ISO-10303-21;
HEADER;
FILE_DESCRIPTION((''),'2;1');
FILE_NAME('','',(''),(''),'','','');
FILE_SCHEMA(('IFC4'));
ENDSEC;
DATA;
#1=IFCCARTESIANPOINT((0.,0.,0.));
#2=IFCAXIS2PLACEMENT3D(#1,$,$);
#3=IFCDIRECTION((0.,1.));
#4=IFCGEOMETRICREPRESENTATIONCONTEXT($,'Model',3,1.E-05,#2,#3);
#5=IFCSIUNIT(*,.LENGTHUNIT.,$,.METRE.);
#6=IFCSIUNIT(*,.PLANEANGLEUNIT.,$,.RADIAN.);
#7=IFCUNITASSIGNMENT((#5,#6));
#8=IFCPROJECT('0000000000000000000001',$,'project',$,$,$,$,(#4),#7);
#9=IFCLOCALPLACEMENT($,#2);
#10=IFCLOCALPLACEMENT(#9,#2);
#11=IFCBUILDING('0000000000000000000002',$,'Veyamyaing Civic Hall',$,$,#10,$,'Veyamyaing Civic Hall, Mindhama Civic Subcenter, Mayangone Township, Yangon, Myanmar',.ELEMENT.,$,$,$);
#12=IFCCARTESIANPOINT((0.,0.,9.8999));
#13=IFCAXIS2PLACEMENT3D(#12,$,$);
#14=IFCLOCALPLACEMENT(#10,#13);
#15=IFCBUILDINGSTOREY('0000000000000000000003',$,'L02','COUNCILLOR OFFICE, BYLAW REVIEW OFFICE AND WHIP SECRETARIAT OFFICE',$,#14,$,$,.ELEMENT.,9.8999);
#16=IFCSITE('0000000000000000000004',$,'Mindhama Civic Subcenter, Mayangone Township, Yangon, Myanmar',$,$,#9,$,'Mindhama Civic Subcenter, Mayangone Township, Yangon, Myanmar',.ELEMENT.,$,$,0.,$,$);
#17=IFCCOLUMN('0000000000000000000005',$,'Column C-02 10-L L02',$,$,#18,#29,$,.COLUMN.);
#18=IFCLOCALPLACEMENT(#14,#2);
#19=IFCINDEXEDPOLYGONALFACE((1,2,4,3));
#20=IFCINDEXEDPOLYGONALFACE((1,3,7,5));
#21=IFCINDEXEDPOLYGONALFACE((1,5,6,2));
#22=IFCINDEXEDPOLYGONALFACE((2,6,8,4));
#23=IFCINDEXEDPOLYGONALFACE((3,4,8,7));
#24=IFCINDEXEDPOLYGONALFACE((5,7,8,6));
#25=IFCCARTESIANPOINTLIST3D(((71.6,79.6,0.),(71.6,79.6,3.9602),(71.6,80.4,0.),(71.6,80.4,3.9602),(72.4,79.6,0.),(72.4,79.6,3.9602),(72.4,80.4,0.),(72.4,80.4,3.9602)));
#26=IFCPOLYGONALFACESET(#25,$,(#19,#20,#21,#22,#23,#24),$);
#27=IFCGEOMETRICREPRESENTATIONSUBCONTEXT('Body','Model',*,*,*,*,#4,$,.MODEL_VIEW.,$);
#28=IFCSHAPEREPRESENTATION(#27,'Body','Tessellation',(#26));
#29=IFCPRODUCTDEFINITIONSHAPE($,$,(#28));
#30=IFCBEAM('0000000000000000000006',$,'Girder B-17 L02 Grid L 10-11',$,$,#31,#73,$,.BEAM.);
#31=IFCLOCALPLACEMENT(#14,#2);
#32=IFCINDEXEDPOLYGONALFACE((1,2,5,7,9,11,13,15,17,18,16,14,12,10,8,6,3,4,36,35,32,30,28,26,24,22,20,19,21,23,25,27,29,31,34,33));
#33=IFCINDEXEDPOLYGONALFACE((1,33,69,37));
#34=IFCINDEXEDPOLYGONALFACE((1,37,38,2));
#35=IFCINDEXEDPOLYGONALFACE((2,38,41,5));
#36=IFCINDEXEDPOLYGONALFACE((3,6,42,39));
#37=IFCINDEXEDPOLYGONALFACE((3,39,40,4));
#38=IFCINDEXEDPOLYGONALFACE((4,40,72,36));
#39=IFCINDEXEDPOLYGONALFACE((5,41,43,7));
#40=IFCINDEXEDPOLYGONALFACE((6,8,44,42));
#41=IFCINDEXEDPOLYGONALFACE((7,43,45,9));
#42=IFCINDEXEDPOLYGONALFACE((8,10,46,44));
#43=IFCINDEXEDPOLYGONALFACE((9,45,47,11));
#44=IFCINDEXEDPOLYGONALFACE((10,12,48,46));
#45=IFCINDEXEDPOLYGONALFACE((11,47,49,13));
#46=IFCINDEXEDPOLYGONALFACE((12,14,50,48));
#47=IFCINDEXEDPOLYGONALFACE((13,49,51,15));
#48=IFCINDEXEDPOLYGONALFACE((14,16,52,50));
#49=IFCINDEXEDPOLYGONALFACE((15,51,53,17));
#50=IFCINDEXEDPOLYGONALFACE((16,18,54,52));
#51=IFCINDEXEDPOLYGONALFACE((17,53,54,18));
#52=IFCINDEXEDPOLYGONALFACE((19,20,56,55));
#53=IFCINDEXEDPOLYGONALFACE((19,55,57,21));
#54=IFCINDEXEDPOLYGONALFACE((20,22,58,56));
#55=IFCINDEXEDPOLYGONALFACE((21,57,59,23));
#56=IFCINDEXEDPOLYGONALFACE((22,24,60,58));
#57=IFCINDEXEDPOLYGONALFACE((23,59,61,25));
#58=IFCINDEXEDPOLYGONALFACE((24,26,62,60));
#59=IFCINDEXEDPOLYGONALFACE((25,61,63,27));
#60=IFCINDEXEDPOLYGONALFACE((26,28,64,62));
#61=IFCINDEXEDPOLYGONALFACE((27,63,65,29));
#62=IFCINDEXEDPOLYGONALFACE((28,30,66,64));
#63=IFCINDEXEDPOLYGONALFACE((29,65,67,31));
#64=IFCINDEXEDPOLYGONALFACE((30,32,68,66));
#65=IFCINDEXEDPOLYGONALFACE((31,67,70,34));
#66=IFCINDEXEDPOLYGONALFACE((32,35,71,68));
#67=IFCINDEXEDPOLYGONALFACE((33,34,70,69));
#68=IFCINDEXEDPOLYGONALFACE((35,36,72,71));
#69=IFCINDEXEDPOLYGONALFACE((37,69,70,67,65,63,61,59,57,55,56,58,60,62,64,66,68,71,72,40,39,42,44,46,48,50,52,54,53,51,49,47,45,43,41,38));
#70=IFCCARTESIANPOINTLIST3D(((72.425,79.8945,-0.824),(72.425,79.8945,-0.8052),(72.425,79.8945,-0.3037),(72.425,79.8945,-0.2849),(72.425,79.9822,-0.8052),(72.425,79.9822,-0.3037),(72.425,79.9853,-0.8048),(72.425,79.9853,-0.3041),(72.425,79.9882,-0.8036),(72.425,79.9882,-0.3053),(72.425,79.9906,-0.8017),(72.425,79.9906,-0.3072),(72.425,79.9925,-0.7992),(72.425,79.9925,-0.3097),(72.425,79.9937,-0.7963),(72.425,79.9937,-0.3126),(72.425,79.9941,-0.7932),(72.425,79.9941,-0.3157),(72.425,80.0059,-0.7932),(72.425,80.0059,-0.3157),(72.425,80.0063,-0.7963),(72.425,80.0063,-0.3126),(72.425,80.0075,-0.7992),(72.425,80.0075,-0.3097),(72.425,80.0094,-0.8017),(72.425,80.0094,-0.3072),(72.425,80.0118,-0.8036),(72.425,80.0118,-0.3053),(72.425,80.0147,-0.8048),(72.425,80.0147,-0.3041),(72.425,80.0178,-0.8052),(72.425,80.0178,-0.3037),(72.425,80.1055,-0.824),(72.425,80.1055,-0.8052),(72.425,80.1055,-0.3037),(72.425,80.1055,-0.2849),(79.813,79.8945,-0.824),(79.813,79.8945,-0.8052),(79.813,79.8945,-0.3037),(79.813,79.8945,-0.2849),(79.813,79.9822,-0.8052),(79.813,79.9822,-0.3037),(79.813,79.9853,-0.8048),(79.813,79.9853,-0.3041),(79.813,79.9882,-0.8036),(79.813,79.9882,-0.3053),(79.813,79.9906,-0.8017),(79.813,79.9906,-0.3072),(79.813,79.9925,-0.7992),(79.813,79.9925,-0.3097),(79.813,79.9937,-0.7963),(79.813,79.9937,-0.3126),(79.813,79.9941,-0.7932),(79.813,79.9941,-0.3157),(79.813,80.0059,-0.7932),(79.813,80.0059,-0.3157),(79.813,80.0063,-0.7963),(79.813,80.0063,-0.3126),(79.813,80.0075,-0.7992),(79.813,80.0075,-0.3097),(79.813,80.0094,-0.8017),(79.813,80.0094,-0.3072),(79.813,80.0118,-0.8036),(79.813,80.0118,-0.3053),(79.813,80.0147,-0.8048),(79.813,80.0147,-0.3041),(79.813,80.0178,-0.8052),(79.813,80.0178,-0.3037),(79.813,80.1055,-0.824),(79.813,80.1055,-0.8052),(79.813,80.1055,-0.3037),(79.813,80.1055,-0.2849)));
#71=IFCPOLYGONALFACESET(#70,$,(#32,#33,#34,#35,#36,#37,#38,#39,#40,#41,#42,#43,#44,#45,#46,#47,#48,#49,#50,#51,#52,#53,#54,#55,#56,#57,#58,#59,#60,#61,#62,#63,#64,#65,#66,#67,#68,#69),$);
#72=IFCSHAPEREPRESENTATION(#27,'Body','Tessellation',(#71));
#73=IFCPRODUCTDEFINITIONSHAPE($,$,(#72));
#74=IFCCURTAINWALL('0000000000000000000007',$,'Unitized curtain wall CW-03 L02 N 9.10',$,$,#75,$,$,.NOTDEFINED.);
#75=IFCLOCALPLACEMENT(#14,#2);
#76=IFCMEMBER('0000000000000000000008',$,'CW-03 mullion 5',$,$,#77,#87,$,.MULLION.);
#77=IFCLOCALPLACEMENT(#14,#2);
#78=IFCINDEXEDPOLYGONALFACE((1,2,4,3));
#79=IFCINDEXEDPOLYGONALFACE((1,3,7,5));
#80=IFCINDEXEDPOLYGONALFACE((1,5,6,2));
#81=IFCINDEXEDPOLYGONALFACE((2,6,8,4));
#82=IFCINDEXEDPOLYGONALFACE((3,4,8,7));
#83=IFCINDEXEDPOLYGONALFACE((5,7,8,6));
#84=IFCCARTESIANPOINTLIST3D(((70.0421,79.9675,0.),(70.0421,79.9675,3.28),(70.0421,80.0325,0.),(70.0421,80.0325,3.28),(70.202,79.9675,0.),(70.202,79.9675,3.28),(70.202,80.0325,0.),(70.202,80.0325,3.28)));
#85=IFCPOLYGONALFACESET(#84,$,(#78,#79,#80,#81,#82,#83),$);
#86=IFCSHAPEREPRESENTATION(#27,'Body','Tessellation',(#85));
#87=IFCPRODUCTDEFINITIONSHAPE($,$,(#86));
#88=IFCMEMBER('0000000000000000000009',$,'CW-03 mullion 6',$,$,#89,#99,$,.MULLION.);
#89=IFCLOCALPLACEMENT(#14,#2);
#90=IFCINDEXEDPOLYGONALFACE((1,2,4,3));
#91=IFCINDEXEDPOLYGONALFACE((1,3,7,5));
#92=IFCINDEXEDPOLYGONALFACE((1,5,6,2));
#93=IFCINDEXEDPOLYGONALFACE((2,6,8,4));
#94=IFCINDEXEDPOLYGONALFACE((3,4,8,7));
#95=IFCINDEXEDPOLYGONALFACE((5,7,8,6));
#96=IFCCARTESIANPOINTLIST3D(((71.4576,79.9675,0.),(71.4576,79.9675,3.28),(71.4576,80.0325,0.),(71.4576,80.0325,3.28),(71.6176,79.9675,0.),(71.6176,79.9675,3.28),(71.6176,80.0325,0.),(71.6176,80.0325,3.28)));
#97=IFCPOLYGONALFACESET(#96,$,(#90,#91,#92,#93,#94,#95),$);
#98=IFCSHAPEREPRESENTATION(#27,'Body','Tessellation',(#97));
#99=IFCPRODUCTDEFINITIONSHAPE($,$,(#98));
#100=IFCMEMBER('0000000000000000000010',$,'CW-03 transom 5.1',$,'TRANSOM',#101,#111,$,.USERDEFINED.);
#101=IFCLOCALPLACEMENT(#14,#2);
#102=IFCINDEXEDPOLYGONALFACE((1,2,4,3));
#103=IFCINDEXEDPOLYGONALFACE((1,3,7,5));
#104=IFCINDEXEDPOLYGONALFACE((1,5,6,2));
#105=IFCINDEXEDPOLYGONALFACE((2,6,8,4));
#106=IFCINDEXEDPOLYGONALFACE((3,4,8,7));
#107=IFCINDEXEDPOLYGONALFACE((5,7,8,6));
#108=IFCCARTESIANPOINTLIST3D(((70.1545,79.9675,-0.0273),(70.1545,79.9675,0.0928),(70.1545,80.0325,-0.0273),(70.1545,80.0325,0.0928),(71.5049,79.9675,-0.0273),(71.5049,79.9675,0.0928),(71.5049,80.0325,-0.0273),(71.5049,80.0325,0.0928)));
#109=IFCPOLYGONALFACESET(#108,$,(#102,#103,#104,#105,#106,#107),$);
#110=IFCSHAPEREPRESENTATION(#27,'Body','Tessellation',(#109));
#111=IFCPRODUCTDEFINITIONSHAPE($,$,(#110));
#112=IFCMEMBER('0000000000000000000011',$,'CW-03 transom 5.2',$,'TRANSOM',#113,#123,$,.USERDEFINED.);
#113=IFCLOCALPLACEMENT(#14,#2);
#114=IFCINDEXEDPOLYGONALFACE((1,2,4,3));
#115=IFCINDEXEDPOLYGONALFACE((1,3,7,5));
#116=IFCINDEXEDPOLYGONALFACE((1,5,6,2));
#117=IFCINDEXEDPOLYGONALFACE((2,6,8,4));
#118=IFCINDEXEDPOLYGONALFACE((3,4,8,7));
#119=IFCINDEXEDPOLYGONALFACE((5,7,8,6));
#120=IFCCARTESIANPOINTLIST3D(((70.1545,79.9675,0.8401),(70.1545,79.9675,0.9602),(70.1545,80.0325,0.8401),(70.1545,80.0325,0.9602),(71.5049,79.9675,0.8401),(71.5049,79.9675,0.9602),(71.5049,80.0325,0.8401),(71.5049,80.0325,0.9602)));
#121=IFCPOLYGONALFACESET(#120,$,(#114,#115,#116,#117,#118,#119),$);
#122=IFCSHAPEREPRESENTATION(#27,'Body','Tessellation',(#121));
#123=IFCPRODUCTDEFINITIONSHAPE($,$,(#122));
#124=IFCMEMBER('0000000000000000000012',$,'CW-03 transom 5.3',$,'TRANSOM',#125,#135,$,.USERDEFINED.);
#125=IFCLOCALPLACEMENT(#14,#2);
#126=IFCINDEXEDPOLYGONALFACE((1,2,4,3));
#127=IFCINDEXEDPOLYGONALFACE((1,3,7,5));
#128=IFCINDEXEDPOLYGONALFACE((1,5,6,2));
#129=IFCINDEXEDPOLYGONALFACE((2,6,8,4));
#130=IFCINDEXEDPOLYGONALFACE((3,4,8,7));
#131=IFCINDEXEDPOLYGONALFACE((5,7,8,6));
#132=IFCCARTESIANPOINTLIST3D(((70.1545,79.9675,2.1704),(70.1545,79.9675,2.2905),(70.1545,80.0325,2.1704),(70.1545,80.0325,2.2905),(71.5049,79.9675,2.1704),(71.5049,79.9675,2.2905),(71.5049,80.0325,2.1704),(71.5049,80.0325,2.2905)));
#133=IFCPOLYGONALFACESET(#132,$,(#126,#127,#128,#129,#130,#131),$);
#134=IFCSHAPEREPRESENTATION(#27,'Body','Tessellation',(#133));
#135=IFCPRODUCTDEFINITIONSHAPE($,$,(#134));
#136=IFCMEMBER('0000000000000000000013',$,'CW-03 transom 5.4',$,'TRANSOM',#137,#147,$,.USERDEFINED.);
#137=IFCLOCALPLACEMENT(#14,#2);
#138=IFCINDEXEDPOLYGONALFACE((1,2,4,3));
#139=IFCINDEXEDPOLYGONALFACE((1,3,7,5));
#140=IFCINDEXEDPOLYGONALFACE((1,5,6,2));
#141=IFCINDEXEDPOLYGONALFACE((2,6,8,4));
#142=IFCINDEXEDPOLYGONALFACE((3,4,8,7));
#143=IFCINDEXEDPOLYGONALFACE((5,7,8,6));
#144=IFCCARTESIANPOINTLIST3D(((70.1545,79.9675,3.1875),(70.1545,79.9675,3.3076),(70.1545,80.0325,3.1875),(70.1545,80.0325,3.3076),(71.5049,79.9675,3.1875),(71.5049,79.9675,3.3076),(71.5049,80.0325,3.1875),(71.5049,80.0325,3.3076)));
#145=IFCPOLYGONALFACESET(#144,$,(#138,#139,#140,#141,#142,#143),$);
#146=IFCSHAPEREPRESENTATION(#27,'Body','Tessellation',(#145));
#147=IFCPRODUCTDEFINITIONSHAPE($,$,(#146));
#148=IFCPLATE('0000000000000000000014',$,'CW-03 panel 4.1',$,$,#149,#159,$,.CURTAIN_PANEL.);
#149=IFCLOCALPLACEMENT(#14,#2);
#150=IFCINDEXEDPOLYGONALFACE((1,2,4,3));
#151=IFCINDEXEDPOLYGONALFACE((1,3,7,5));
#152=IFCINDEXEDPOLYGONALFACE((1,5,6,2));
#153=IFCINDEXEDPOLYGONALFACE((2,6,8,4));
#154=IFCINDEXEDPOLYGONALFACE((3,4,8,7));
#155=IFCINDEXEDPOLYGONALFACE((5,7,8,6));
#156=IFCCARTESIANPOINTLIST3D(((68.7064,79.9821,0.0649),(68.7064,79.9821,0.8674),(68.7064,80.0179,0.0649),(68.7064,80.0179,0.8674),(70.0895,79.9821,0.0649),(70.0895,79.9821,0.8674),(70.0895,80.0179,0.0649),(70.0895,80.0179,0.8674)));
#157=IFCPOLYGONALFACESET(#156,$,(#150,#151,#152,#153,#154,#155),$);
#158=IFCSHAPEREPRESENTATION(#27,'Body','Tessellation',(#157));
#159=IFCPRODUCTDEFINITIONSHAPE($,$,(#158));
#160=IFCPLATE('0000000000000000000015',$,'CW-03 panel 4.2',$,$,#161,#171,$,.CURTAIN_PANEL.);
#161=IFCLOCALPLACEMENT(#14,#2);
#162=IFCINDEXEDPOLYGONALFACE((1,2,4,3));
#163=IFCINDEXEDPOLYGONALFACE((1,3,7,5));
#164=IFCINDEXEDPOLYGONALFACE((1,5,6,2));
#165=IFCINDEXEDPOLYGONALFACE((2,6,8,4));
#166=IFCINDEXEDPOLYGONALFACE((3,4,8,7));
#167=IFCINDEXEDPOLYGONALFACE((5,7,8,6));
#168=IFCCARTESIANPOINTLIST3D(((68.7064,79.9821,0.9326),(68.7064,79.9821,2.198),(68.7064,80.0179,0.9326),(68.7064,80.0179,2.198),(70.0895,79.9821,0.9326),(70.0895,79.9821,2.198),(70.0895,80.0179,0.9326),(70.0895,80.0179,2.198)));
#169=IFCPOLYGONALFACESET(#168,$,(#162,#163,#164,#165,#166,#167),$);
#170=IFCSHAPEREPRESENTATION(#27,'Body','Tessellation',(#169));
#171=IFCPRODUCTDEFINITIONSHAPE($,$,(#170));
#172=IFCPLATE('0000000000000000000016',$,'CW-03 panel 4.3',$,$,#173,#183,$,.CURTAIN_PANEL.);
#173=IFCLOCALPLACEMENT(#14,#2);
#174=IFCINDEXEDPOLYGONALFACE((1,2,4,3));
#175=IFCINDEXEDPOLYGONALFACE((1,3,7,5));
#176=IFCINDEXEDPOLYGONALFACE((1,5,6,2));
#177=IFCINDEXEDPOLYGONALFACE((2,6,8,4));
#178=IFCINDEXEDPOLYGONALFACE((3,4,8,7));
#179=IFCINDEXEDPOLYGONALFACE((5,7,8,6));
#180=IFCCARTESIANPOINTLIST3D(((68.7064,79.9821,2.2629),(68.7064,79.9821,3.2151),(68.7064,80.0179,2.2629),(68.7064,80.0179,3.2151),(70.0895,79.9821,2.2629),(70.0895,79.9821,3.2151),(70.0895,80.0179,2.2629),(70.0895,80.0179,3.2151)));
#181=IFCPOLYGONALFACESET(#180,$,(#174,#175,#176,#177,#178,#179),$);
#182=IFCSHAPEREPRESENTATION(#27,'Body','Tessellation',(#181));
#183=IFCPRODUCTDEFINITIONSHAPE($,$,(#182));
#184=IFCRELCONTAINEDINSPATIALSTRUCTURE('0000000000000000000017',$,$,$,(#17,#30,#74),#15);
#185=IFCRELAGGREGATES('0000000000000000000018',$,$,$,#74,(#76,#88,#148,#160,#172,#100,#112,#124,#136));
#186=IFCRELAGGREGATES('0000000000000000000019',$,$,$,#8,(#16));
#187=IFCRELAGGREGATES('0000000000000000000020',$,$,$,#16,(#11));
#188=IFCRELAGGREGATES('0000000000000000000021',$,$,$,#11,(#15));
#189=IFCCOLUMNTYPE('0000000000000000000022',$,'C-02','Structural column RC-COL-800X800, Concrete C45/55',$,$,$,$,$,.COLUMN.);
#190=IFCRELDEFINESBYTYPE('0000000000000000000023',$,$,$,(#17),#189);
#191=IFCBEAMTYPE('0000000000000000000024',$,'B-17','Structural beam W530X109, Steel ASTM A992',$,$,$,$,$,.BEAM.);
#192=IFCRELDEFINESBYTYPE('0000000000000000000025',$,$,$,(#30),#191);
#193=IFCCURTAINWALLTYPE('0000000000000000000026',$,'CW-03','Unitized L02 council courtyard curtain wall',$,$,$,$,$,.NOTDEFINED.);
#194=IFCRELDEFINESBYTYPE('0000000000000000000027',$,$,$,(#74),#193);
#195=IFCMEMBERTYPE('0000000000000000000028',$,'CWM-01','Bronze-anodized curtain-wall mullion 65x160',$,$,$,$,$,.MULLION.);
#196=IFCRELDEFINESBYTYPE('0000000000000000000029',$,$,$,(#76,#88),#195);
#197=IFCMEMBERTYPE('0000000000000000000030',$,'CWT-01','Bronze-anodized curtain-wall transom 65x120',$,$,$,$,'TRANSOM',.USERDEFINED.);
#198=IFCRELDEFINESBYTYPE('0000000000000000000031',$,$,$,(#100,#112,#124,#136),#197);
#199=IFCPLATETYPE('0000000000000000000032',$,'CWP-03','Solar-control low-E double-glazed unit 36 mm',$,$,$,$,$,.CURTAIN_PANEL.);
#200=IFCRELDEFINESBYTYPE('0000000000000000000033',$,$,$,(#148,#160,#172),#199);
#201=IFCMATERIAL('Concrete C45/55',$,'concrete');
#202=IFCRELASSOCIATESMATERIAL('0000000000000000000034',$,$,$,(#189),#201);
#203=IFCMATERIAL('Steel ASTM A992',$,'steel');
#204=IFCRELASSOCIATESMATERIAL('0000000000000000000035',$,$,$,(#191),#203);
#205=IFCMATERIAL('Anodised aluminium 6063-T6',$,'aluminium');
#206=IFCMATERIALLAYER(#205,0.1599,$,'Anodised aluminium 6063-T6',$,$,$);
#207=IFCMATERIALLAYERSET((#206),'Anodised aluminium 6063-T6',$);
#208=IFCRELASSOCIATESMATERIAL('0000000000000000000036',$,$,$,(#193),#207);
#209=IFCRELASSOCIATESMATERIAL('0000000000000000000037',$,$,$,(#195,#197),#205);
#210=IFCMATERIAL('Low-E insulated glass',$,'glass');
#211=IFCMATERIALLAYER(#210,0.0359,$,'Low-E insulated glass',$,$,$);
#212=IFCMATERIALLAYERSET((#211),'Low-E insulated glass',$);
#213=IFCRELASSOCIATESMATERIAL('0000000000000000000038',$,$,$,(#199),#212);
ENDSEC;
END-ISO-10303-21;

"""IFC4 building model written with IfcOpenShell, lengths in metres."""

from ifc_helpers import new_model, si_unit, direction, frame, origin, origin_2d, place, context, subcontext, project, spatial, rectangle, i_section, extrude, material, layer, layer_set, material_profile, profile_set, type_object, element, aggregate, save


model = new_model("IFC4")

# Units and contexts
model_context = context("Model", 3, precision=1e-05, world=origin(), true_north=direction((0.0, 1.0)))
body_context = subcontext(model_context, "Body", "Model", "MODEL_VIEW")
ifc_project = project(units=[si_unit("LENGTHUNIT", "METRE"), si_unit("PLANEANGLEUNIT", "RADIAN")], contexts=[model_context])

# Site, building, storey
site_placement = place(None, origin())
site = spatial("IfcSite", under=ifc_project, at=site_placement, Name="Mindhama Civic Subcenter, Mayangone Township, Yangon, Myanmar", LongName="Mindhama Civic Subcenter, Mayangone Township, Yangon, Myanmar", CompositionType="ELEMENT", RefElevation=0.0)
building_placement = place(site_placement, origin())
building = spatial("IfcBuilding", under=site, at=building_placement, Name="Veyamyaing Civic Hall", LongName="Veyamyaing Civic Hall, Mindhama Civic Subcenter, Mayangone Township, Yangon, Myanmar", CompositionType="ELEMENT")
storey_placement = place(building_placement, frame((0.0, 0.0, 9.8999)))
storey = spatial("IfcBuildingStorey", under=building, at=storey_placement, Name="L02", Description="COUNCILLOR OFFICE, BYLAW REVIEW OFFICE AND WHIP SECRETARIAT OFFICE", CompositionType="ELEMENT", Elevation=9.8999)

# Column
ifc_material_1 = material(Name="Concrete C45/55", Category="concrete")
ifc_material_profile_1 = material_profile(ifc_material_1, rectangle(XDim=0.8, YDim=0.8, at=origin_2d()), Name="RC-COL-800X800")
ifc_profile_set_1 = profile_set([ifc_material_profile_1], Name="Concrete C45/55")
column_type = type_object("IfcColumnType", Name="C-02", Description="Structural column RC-COL-800X800, Concrete C45/55", PredefinedType="COLUMN", material=ifc_profile_set_1)
column_placement = place(storey_placement, frame((72.0, 80.0, 0.0), z_axis=(0.0, 0.0, 1.0), x_axis=(1.0, 0.0, 0.0)))
element("IfcColumn", 1, at=column_placement, inside=storey, type_object=column_type, Name="Column C-02 10-L L02", PredefinedType="COLUMN", context=body_context, shape_type="SweptSolid", body=[
    extrude(rectangle(XDim=0.8, YDim=0.8, at=origin_2d()), origin(), (0.0, 0.0, 1.0), 3.9602),
])

# Beam
ifc_material_2 = material(Name="Steel ASTM A992", Category="steel")
ifc_material_profile_2 = material_profile(ifc_material_2, i_section(OverallWidth=0.2109, OverallDepth=0.5391, WebThickness=0.0117, FlangeThickness=0.0188, FilletRadius=0.012, at=origin_2d()), Name="W530X109")
ifc_profile_set_2 = profile_set([ifc_material_profile_2], Name="Steel ASTM A992")
beam_type = type_object("IfcBeamType", Name="B-17", Description="Structural beam W530X109, Steel ASTM A992", PredefinedType="BEAM", material=ifc_profile_set_2)
beam_placement = place(storey_placement, frame((72.425, 80.0, -0.5544), z_axis=(1.0, 0.0, 0.0), x_axis=(0.0, 1.0, 0.0)))
element("IfcBeam", 2, at=beam_placement, inside=storey, type_object=beam_type, Name="Girder B-17 L02 Grid L 10-11", PredefinedType="BEAM", context=body_context, shape_type="SweptSolid", body=[
    extrude(i_section(OverallWidth=0.2109, OverallDepth=0.5391, WebThickness=0.0117, FlangeThickness=0.0188, FilletRadius=0.012, at=origin_2d()), origin(), (0.0, 0.0, 1.0), 7.3879),
])

# Curtain wall, members, plates
ifc_material_3 = material(Name="Anodised aluminium 6063-T6", Category="aluminium")
ifc_layer_1 = layer(ifc_material_3, 0.1599, Name="Anodised aluminium 6063-T6")
ifc_layer_set_1 = layer_set([ifc_layer_1], Name="Anodised aluminium 6063-T6")
curtain_wall_type = type_object("IfcCurtainWallType", Name="CW-03", Description="Unitized L02 council courtyard curtain wall", PredefinedType="NOTDEFINED", material=ifc_layer_set_1)
curtain_wall_placement = place(storey_placement, origin())
curtain_wall = element("IfcCurtainWall", 3, at=curtain_wall_placement, inside=storey, type_object=curtain_wall_type, Name="Unitized curtain wall CW-03 L02 N 9.10", PredefinedType="NOTDEFINED")
ifc_material_profile_3 = material_profile(ifc_material_3, rectangle(XDim=0.0649, YDim=0.1599, at=origin_2d()), Name="ALU-MUL-65X160")
ifc_profile_set_3 = profile_set([ifc_material_profile_3], Name="Anodised aluminium 6063-T6")
member_type_1 = type_object("IfcMemberType", Name="CWM-01", Description="Bronze-anodized curtain-wall mullion 65x160", PredefinedType="MULLION", material=ifc_profile_set_3)
member_1_placement = place(storey_placement, frame((70.1221, 80.0, 0.0), z_axis=(0.0, 0.0, 1.0), x_axis=(0.0, 1.0, 0.0)))
member_1 = element("IfcMember", 4, at=member_1_placement, type_object=member_type_1, Name="CW-03 mullion 5", PredefinedType="MULLION", context=body_context, shape_type="SweptSolid", body=[
    extrude(rectangle(XDim=0.0649, YDim=0.1599, at=origin_2d()), origin(), (0.0, 0.0, 1.0), 3.28),
])
member_2_placement = place(storey_placement, frame((71.5376, 80.0, 0.0), z_axis=(0.0, 0.0, 1.0), x_axis=(0.0, 1.0, 0.0)))
member_2 = element("IfcMember", 5, at=member_2_placement, type_object=member_type_1, Name="CW-03 mullion 6", PredefinedType="MULLION", context=body_context, shape_type="SweptSolid", body=[
    extrude(rectangle(XDim=0.0649, YDim=0.1599, at=origin_2d()), origin(), (0.0, 0.0, 1.0), 3.28),
])
ifc_material_profile_4 = material_profile(ifc_material_3, rectangle(XDim=0.0649, YDim=0.1201, at=origin_2d()), Name="ALU-TRN-65X120")
ifc_profile_set_4 = profile_set([ifc_material_profile_4], Name="Anodised aluminium 6063-T6")
member_type_2 = type_object("IfcMemberType", Name="CWT-01", Description="Bronze-anodized curtain-wall transom 65x120", ElementType="TRANSOM", PredefinedType="USERDEFINED", material=ifc_profile_set_4)
member_3_placement = place(storey_placement, frame((70.1545, 80.0, 0.0327), z_axis=(1.0, 0.0, 0.0), x_axis=(0.0, 1.0, 0.0)))
member_3 = element("IfcMember", 6, at=member_3_placement, type_object=member_type_2, Name="CW-03 transom 5.1", ObjectType="TRANSOM", PredefinedType="USERDEFINED", context=body_context, shape_type="SweptSolid", body=[
    extrude(rectangle(XDim=0.0649, YDim=0.1201, at=origin_2d()), origin(), (0.0, 0.0, 1.0), 1.3503),
])
member_4_placement = place(storey_placement, frame((70.1545, 80.0, 0.9001), z_axis=(1.0, 0.0, 0.0), x_axis=(0.0, 1.0, 0.0)))
member_4 = element("IfcMember", 7, at=member_4_placement, type_object=member_type_2, Name="CW-03 transom 5.2", ObjectType="TRANSOM", PredefinedType="USERDEFINED", context=body_context, shape_type="SweptSolid", body=[
    extrude(rectangle(XDim=0.0649, YDim=0.1201, at=origin_2d()), origin(), (0.0, 0.0, 1.0), 1.3503),
])
member_5_placement = place(storey_placement, frame((70.1545, 80.0, 2.2305), z_axis=(1.0, 0.0, 0.0), x_axis=(0.0, 1.0, 0.0)))
member_5 = element("IfcMember", 8, at=member_5_placement, type_object=member_type_2, Name="CW-03 transom 5.3", ObjectType="TRANSOM", PredefinedType="USERDEFINED", context=body_context, shape_type="SweptSolid", body=[
    extrude(rectangle(XDim=0.0649, YDim=0.1201, at=origin_2d()), origin(), (0.0, 0.0, 1.0), 1.3503),
])
member_6_placement = place(storey_placement, frame((70.1545, 80.0, 3.2476), z_axis=(1.0, 0.0, 0.0), x_axis=(0.0, 1.0, 0.0)))
member_6 = element("IfcMember", 9, at=member_6_placement, type_object=member_type_2, Name="CW-03 transom 5.4", ObjectType="TRANSOM", PredefinedType="USERDEFINED", context=body_context, shape_type="SweptSolid", body=[
    extrude(rectangle(XDim=0.0649, YDim=0.1201, at=origin_2d()), origin(), (0.0, 0.0, 1.0), 1.3503),
])
ifc_material_4 = material(Name="Low-E insulated glass", Category="glass")
ifc_layer_2 = layer(ifc_material_4, 0.0359, Name="Low-E insulated glass")
ifc_layer_set_2 = layer_set([ifc_layer_2], Name="Low-E insulated glass")
plate_type = type_object("IfcPlateType", Name="CWP-03", Description="Solar-control low-E double-glazed unit 36 mm", PredefinedType="CURTAIN_PANEL", material=ifc_layer_set_2)
plate_1_placement = place(storey_placement, frame((69.3979, 80.0, 0.0649), z_axis=(0.0, 0.0, 1.0), x_axis=(1.0, 0.0, 0.0)))
plate_1 = element("IfcPlate", 10, at=plate_1_placement, type_object=plate_type, Name="CW-03 panel 4.1", PredefinedType="CURTAIN_PANEL", context=body_context, shape_type="SweptSolid", body=[
    extrude(rectangle(XDim=1.3831, YDim=0.0359, at=origin_2d()), origin(), (0.0, 0.0, 1.0), 0.8025),
])
plate_2_placement = place(storey_placement, frame((69.3979, 80.0, 0.9326), z_axis=(0.0, 0.0, 1.0), x_axis=(1.0, 0.0, 0.0)))
plate_2 = element("IfcPlate", 11, at=plate_2_placement, type_object=plate_type, Name="CW-03 panel 4.2", PredefinedType="CURTAIN_PANEL", context=body_context, shape_type="SweptSolid", body=[
    extrude(rectangle(XDim=1.3831, YDim=0.0359, at=origin_2d()), origin(), (0.0, 0.0, 1.0), 1.2654),
])
plate_3_placement = place(storey_placement, frame((69.3979, 80.0, 2.2629), z_axis=(0.0, 0.0, 1.0), x_axis=(1.0, 0.0, 0.0)))
plate_3 = element("IfcPlate", 12, at=plate_3_placement, type_object=plate_type, Name="CW-03 panel 4.3", PredefinedType="CURTAIN_PANEL", context=body_context, shape_type="SweptSolid", body=[
    extrude(rectangle(XDim=1.3831, YDim=0.0359, at=origin_2d()), origin(), (0.0, 0.0, 1.0), 0.9521),
])
aggregate(curtain_wall, [member_1, member_2, plate_1, plate_2, plate_3, member_3, member_4, member_5, member_6])

save(model, "model.ifc")
